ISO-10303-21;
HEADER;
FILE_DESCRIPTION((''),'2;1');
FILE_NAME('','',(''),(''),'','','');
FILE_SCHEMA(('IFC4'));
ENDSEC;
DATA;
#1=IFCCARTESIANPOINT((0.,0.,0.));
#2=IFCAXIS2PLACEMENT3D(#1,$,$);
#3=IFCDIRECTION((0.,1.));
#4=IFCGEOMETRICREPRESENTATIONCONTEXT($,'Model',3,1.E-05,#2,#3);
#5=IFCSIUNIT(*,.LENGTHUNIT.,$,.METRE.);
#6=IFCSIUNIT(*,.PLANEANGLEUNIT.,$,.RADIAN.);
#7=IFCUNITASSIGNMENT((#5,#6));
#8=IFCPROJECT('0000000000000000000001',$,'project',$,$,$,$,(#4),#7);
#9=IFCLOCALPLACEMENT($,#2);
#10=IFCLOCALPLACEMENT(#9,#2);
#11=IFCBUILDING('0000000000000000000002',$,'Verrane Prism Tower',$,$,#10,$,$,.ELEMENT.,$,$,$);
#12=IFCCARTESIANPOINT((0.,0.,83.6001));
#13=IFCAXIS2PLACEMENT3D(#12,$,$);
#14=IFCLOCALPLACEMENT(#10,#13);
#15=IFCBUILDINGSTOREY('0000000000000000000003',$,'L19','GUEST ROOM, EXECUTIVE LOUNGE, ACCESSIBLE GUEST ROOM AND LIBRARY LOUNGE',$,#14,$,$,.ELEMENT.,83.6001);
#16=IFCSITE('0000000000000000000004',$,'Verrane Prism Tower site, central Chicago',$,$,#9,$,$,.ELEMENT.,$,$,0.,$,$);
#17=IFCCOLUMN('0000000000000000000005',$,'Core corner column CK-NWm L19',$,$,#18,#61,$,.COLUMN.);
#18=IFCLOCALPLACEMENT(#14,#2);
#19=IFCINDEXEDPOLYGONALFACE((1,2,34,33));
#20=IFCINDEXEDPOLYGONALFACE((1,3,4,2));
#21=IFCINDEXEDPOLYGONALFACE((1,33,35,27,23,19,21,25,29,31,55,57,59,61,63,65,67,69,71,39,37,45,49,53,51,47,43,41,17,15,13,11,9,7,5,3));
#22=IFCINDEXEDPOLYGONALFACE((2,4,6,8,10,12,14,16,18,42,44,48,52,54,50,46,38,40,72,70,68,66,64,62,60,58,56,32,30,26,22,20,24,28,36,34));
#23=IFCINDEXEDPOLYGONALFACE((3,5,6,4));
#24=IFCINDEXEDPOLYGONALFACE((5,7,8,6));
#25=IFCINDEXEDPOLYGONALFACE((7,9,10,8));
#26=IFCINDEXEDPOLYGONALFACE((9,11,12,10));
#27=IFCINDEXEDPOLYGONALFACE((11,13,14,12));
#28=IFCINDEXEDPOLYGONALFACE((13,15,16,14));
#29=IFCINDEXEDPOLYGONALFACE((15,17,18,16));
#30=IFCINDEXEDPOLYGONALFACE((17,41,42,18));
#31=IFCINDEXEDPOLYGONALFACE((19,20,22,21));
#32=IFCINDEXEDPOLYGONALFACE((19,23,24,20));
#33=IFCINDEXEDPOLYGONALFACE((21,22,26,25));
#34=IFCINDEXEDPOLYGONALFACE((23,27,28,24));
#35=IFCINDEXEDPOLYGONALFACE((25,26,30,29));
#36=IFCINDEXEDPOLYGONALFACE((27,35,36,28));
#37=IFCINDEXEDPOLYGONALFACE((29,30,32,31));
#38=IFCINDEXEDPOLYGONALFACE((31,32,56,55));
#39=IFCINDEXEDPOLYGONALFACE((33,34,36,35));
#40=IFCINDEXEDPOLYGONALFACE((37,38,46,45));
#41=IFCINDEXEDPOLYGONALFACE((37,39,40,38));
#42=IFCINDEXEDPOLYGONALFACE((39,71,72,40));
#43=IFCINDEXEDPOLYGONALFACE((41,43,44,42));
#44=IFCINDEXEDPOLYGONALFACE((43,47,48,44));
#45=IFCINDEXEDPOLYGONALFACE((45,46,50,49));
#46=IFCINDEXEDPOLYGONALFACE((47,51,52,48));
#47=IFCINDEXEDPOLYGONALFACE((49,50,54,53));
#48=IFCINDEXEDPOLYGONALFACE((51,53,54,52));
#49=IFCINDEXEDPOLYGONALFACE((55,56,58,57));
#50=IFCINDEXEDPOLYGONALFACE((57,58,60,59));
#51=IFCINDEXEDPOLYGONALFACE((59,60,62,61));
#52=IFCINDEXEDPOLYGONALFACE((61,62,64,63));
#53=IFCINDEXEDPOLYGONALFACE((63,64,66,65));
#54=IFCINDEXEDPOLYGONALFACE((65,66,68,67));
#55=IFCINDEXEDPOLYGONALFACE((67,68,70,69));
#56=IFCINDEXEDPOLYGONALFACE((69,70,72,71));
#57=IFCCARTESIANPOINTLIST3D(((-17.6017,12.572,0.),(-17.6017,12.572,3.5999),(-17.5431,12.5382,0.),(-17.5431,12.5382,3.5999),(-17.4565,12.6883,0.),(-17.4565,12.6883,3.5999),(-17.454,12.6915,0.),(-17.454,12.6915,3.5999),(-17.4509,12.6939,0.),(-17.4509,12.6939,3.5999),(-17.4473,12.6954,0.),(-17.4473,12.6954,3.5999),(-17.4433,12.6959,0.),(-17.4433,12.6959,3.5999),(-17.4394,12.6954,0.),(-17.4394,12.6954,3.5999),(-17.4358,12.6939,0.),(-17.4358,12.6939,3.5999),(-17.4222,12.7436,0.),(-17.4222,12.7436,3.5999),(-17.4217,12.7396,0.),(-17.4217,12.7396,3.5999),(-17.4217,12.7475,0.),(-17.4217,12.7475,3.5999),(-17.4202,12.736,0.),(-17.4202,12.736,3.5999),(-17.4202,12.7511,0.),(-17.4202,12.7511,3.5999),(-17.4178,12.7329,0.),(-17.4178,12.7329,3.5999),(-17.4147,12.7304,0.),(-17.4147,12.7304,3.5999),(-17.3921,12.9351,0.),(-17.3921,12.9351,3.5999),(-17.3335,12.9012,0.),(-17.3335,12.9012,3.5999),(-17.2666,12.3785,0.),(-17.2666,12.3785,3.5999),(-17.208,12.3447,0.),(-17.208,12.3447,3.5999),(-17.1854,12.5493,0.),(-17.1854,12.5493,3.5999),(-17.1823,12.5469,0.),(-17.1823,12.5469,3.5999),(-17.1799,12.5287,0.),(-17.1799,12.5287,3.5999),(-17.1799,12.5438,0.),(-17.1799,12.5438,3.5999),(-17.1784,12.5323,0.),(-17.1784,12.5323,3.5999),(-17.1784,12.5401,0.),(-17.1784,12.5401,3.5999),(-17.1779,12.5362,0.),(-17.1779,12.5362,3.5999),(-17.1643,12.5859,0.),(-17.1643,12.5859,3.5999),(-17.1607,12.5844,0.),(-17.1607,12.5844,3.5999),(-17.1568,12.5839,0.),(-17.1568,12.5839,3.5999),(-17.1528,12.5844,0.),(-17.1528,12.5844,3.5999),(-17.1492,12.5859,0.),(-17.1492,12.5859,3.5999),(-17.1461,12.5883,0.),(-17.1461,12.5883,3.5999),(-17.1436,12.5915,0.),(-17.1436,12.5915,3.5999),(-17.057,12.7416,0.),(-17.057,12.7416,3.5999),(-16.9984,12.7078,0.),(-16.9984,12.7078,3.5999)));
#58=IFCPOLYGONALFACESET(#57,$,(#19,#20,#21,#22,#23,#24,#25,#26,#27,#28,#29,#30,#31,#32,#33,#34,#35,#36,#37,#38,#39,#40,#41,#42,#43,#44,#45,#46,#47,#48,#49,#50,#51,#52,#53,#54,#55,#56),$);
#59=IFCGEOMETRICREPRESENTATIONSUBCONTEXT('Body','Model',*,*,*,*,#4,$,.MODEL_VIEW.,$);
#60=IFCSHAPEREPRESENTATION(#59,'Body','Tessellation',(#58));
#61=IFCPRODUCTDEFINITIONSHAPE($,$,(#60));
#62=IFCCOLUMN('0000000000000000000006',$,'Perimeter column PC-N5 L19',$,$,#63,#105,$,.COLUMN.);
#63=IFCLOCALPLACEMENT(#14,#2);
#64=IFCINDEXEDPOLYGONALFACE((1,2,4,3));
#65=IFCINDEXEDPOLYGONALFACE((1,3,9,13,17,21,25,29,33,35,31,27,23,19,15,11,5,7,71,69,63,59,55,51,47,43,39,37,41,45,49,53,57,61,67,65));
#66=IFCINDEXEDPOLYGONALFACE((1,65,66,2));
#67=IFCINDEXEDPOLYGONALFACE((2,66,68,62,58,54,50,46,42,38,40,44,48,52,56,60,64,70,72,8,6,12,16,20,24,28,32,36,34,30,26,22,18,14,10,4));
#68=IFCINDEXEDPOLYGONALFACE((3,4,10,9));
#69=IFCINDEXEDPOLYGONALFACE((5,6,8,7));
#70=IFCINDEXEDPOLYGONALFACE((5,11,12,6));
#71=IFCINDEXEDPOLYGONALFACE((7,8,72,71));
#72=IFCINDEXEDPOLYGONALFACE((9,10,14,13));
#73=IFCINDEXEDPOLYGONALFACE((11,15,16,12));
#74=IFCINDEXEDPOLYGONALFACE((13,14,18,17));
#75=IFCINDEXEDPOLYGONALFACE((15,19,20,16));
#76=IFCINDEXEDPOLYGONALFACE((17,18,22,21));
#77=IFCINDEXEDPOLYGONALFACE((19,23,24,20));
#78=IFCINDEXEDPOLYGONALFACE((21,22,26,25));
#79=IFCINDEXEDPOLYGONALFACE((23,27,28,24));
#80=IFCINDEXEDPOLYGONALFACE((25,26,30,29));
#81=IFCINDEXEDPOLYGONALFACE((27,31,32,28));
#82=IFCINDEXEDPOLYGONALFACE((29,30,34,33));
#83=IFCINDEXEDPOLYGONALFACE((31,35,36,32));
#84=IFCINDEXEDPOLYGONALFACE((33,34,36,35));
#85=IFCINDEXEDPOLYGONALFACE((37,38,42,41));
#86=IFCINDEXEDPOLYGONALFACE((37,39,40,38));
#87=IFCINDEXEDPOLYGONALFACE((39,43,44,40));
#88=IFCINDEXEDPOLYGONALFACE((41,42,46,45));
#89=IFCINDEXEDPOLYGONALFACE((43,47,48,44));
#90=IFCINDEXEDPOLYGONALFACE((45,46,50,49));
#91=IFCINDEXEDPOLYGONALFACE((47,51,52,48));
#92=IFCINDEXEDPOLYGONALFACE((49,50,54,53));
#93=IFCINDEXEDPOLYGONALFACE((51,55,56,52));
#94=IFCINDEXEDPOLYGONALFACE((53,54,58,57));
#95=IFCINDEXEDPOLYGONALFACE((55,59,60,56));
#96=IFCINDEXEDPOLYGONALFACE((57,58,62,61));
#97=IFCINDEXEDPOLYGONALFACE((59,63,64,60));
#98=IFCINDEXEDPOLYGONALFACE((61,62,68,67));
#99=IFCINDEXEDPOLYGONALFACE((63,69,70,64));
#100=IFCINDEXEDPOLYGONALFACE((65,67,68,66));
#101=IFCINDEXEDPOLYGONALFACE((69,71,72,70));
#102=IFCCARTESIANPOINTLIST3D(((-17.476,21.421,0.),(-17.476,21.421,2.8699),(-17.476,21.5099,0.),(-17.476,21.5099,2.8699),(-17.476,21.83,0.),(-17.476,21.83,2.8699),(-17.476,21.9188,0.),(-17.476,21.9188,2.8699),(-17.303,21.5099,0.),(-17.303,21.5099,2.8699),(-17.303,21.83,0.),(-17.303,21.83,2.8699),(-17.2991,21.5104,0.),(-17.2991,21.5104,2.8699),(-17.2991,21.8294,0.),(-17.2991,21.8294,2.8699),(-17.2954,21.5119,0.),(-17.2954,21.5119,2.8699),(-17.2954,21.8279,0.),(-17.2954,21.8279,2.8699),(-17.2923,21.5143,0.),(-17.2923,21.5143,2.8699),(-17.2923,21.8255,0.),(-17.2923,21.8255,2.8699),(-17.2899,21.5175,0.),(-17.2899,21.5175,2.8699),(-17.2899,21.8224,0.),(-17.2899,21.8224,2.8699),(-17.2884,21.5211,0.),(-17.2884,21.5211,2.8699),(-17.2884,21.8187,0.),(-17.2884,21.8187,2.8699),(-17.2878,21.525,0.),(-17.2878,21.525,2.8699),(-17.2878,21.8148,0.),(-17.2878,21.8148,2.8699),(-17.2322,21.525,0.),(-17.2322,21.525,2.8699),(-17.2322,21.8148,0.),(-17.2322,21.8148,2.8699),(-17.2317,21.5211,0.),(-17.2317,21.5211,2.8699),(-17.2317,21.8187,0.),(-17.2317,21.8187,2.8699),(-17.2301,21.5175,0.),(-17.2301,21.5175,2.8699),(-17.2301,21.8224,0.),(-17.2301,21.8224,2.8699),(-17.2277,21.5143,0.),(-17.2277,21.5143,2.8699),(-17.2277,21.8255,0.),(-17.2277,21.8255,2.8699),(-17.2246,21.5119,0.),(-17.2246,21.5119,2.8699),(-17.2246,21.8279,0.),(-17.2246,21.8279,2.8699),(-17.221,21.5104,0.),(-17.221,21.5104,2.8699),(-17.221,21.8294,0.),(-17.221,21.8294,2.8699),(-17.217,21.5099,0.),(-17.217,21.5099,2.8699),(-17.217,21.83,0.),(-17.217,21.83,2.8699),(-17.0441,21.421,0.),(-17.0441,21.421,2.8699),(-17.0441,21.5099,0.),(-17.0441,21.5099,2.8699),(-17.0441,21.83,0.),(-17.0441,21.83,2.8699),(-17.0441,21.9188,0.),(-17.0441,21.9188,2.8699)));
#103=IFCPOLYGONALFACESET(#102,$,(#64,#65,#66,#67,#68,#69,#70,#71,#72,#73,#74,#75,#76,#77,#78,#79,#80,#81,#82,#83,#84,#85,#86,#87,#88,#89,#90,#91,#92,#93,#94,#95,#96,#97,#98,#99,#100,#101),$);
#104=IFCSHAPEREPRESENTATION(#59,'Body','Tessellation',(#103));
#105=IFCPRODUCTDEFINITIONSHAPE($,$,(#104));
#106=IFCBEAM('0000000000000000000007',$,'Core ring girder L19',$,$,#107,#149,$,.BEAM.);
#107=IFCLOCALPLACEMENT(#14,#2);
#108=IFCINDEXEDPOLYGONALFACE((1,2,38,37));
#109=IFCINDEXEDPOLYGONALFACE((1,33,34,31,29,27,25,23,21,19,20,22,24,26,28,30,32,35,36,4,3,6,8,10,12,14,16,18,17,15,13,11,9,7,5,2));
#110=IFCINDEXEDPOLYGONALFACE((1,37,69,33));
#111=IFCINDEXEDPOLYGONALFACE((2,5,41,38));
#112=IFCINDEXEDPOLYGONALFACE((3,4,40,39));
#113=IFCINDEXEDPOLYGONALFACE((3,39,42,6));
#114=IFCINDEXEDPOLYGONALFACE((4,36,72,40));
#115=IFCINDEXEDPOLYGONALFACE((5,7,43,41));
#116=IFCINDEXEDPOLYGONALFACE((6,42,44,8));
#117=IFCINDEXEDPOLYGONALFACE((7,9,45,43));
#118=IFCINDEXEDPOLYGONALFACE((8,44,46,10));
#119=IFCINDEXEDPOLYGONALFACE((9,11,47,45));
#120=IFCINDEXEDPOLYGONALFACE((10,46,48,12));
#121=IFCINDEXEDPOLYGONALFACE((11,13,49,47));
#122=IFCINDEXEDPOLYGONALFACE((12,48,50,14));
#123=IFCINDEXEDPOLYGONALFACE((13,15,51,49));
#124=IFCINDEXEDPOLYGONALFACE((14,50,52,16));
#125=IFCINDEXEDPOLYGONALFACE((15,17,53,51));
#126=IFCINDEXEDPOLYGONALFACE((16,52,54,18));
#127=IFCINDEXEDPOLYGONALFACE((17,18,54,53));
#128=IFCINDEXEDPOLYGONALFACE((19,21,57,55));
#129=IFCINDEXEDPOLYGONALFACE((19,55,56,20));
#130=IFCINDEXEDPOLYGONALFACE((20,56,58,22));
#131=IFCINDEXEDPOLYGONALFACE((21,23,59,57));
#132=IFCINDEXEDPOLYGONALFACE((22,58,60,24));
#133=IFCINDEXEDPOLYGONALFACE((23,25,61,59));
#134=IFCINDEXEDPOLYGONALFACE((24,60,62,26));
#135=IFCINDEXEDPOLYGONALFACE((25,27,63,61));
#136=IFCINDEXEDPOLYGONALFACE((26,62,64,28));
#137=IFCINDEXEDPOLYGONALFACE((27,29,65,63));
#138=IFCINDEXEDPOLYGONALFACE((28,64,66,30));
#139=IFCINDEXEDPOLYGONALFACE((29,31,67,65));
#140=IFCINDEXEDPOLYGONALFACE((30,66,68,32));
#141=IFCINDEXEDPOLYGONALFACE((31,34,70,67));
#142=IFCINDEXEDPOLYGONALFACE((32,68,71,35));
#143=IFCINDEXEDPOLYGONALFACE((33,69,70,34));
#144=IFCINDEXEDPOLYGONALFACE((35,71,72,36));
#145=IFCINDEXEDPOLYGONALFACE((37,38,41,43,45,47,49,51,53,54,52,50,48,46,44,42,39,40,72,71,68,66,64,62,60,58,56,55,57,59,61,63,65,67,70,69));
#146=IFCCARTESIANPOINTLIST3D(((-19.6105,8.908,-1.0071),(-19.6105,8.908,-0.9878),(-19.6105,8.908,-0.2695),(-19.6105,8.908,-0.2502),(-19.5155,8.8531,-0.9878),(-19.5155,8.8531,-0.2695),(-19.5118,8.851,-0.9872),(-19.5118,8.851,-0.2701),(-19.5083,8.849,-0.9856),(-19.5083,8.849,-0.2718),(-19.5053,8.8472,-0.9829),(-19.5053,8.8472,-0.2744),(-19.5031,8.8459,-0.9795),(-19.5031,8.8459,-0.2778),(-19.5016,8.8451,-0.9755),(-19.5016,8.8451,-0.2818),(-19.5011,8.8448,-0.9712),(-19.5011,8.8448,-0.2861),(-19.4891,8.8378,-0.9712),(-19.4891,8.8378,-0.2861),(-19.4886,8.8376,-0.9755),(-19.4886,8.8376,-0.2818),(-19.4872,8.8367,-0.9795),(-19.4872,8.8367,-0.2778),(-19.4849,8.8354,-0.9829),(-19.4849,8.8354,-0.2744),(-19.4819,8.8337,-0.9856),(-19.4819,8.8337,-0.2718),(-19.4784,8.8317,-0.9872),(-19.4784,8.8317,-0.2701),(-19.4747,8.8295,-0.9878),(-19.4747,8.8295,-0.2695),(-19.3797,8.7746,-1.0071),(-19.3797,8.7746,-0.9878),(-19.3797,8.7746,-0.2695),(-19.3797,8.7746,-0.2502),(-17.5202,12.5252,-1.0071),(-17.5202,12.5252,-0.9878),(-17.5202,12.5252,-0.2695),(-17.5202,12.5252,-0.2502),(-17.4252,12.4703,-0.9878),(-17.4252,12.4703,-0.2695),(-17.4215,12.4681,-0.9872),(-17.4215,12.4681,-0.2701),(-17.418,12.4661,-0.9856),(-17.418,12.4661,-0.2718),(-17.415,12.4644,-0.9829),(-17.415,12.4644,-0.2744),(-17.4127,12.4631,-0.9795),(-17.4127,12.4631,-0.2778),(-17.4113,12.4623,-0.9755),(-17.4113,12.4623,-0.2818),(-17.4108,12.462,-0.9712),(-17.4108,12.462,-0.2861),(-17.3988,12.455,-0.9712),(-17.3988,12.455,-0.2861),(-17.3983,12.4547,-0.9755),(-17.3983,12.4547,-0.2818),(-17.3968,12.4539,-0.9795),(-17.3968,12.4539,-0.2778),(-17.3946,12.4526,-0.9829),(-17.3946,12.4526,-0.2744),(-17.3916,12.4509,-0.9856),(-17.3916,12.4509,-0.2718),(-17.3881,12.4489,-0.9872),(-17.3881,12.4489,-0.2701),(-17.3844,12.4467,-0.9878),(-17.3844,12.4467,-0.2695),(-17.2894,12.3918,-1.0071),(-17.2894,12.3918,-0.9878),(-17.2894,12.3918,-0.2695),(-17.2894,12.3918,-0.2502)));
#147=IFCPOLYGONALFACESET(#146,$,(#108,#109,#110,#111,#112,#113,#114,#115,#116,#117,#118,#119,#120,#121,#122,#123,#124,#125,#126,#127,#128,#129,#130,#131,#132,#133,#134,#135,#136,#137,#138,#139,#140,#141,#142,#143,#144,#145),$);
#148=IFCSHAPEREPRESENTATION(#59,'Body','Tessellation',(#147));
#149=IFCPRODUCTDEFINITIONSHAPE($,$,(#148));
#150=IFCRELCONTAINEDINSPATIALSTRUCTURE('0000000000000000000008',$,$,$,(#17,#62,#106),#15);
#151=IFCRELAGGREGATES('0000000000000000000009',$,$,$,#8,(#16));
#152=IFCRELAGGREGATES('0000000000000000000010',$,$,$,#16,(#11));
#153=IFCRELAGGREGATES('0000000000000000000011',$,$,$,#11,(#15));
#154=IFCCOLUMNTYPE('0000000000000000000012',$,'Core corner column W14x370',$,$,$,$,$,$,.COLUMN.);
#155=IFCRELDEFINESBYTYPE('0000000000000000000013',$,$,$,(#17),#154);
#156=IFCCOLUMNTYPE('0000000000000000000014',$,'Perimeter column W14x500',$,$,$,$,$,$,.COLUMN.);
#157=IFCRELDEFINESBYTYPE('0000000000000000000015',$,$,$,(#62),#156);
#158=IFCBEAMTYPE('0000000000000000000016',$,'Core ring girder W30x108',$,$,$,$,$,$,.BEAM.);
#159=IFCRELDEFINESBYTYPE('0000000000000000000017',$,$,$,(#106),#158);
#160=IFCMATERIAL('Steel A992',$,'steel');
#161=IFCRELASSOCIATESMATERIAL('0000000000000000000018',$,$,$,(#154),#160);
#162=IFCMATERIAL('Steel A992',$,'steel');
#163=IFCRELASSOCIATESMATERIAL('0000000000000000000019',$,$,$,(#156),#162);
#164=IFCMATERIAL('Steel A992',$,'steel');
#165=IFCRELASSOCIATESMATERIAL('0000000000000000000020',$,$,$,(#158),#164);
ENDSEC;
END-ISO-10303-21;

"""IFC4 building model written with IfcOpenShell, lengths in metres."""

from ifc_helpers import new_model, si_unit, direction, frame, origin, origin_2d, place, context, subcontext, project, spatial, i_section, extrude, material, material_profile, profile_set, type_object, element, save


model = new_model("IFC4")

# Units and contexts
model_context = context("Model", 3, precision=1e-05, world=origin(), true_north=direction((0.0, 1.0)))
body_context = subcontext(model_context, "Body", "Model", "MODEL_VIEW")
ifc_project = project(units=[si_unit("LENGTHUNIT", "METRE"), si_unit("PLANEANGLEUNIT", "RADIAN")], contexts=[model_context])

# Site, building, storey
site_placement = place(None, origin())
site = spatial("IfcSite", under=ifc_project, at=site_placement, Name="Verrane Prism Tower site, central Chicago", CompositionType="ELEMENT", RefElevation=0.0)
building_placement = place(site_placement, origin())
building = spatial("IfcBuilding", under=site, at=building_placement, Name="Verrane Prism Tower", CompositionType="ELEMENT")
storey_placement = place(building_placement, frame((0.0, 0.0, 83.6001)))
storey = spatial("IfcBuildingStorey", under=building, at=storey_placement, Name="L19", Description="GUEST ROOM, EXECUTIVE LOUNGE, ACCESSIBLE GUEST ROOM AND LIBRARY LOUNGE", CompositionType="ELEMENT", Elevation=83.6001)

# Columns
ifc_material_1 = material(Name="Steel A992", Category="steel")
ifc_material_profile_1 = material_profile(ifc_material_1, i_section(OverallWidth=0.4192, OverallDepth=0.4546, WebThickness=0.0422, FlangeThickness=0.0676, FilletRadius=0.0151, at=origin_2d()), Name="W14x370")
ifc_profile_set_1 = profile_set([ifc_material_profile_1], Name="Steel A992")
column_type_1 = type_object("IfcColumnType", Name="Core corner column W14x370", PredefinedType="COLUMN", material=ifc_profile_set_1)
column_1_placement = place(storey_placement, frame((-17.3, 12.6399, 0.0), z_axis=(0.0, 0.0, 1.0), x_axis=(0.5, 0.866025, 0.0)))
element("IfcColumn", 1, at=column_1_placement, inside=storey, type_object=column_type_1, Name="Core corner column CK-NWm L19", PredefinedType="COLUMN", context=body_context, shape_type="SweptSolid", body=[
    extrude(i_section(OverallWidth=0.4192, OverallDepth=0.4546, WebThickness=0.0422, FlangeThickness=0.0676, FilletRadius=0.0151, at=origin_2d()), origin(), (0.0, 0.0, 1.0), 3.5999),
])
ifc_material_2 = material(Name="Steel A992", Category="steel")
ifc_material_profile_2 = material_profile(ifc_material_2, i_section(OverallWidth=0.4319, OverallDepth=0.4978, WebThickness=0.0557, FlangeThickness=0.0889, FilletRadius=0.0151, at=origin_2d()), Name="W14x500")
ifc_profile_set_2 = profile_set([ifc_material_profile_2], Name="Steel A992")
column_type_2 = type_object("IfcColumnType", Name="Perimeter column W14x500", PredefinedType="COLUMN", material=ifc_profile_set_2)
column_2_placement = place(storey_placement, frame((-17.26, 21.6699, 0.0), z_axis=(0.0, 0.0, 1.0), x_axis=(1.0, 0.0, 0.0)))
element("IfcColumn", 2, at=column_2_placement, inside=storey, type_object=column_type_2, Name="Perimeter column PC-N5 L19", PredefinedType="COLUMN", context=body_context, shape_type="SweptSolid", body=[
    extrude(i_section(OverallWidth=0.4319, OverallDepth=0.4978, WebThickness=0.0557, FlangeThickness=0.0889, FilletRadius=0.0151, at=origin_2d()), origin(), (0.0, 0.0, 1.0), 2.8699),
])

# Beam
ifc_material_3 = material(Name="Steel A992", Category="steel")
ifc_material_profile_3 = material_profile(ifc_material_3, i_section(OverallWidth=0.2666, OverallDepth=0.7568, WebThickness=0.0139, FlangeThickness=0.0193, FilletRadius=0.0166, at=origin_2d()), Name="W30x108")
ifc_profile_set_3 = profile_set([ifc_material_profile_3], Name="Steel A992")
beam_type_1 = type_object("IfcBeamType", Name="Core ring girder W30x108", PredefinedType="BEAM", material=ifc_profile_set_3)
beam_1_placement = place(storey_placement, frame((-17.4048, 12.4585, -0.6287), z_axis=(-0.50035, -0.865823, 0.0), x_axis=(0.865823, -0.50035, 0.0)))
element("IfcBeam", 3, at=beam_1_placement, inside=storey, type_object=beam_type_1, Name="Core ring girder L19", PredefinedType="BEAM", context=body_context, shape_type="SweptSolid", body=[
    extrude(i_section(OverallWidth=0.2666, OverallDepth=0.7568, WebThickness=0.0139, FlangeThickness=0.0193, FilletRadius=0.0166, at=origin_2d()), origin(), (0.0, 0.0, 1.0), 4.1777),
])

save(model, "model.ifc")
